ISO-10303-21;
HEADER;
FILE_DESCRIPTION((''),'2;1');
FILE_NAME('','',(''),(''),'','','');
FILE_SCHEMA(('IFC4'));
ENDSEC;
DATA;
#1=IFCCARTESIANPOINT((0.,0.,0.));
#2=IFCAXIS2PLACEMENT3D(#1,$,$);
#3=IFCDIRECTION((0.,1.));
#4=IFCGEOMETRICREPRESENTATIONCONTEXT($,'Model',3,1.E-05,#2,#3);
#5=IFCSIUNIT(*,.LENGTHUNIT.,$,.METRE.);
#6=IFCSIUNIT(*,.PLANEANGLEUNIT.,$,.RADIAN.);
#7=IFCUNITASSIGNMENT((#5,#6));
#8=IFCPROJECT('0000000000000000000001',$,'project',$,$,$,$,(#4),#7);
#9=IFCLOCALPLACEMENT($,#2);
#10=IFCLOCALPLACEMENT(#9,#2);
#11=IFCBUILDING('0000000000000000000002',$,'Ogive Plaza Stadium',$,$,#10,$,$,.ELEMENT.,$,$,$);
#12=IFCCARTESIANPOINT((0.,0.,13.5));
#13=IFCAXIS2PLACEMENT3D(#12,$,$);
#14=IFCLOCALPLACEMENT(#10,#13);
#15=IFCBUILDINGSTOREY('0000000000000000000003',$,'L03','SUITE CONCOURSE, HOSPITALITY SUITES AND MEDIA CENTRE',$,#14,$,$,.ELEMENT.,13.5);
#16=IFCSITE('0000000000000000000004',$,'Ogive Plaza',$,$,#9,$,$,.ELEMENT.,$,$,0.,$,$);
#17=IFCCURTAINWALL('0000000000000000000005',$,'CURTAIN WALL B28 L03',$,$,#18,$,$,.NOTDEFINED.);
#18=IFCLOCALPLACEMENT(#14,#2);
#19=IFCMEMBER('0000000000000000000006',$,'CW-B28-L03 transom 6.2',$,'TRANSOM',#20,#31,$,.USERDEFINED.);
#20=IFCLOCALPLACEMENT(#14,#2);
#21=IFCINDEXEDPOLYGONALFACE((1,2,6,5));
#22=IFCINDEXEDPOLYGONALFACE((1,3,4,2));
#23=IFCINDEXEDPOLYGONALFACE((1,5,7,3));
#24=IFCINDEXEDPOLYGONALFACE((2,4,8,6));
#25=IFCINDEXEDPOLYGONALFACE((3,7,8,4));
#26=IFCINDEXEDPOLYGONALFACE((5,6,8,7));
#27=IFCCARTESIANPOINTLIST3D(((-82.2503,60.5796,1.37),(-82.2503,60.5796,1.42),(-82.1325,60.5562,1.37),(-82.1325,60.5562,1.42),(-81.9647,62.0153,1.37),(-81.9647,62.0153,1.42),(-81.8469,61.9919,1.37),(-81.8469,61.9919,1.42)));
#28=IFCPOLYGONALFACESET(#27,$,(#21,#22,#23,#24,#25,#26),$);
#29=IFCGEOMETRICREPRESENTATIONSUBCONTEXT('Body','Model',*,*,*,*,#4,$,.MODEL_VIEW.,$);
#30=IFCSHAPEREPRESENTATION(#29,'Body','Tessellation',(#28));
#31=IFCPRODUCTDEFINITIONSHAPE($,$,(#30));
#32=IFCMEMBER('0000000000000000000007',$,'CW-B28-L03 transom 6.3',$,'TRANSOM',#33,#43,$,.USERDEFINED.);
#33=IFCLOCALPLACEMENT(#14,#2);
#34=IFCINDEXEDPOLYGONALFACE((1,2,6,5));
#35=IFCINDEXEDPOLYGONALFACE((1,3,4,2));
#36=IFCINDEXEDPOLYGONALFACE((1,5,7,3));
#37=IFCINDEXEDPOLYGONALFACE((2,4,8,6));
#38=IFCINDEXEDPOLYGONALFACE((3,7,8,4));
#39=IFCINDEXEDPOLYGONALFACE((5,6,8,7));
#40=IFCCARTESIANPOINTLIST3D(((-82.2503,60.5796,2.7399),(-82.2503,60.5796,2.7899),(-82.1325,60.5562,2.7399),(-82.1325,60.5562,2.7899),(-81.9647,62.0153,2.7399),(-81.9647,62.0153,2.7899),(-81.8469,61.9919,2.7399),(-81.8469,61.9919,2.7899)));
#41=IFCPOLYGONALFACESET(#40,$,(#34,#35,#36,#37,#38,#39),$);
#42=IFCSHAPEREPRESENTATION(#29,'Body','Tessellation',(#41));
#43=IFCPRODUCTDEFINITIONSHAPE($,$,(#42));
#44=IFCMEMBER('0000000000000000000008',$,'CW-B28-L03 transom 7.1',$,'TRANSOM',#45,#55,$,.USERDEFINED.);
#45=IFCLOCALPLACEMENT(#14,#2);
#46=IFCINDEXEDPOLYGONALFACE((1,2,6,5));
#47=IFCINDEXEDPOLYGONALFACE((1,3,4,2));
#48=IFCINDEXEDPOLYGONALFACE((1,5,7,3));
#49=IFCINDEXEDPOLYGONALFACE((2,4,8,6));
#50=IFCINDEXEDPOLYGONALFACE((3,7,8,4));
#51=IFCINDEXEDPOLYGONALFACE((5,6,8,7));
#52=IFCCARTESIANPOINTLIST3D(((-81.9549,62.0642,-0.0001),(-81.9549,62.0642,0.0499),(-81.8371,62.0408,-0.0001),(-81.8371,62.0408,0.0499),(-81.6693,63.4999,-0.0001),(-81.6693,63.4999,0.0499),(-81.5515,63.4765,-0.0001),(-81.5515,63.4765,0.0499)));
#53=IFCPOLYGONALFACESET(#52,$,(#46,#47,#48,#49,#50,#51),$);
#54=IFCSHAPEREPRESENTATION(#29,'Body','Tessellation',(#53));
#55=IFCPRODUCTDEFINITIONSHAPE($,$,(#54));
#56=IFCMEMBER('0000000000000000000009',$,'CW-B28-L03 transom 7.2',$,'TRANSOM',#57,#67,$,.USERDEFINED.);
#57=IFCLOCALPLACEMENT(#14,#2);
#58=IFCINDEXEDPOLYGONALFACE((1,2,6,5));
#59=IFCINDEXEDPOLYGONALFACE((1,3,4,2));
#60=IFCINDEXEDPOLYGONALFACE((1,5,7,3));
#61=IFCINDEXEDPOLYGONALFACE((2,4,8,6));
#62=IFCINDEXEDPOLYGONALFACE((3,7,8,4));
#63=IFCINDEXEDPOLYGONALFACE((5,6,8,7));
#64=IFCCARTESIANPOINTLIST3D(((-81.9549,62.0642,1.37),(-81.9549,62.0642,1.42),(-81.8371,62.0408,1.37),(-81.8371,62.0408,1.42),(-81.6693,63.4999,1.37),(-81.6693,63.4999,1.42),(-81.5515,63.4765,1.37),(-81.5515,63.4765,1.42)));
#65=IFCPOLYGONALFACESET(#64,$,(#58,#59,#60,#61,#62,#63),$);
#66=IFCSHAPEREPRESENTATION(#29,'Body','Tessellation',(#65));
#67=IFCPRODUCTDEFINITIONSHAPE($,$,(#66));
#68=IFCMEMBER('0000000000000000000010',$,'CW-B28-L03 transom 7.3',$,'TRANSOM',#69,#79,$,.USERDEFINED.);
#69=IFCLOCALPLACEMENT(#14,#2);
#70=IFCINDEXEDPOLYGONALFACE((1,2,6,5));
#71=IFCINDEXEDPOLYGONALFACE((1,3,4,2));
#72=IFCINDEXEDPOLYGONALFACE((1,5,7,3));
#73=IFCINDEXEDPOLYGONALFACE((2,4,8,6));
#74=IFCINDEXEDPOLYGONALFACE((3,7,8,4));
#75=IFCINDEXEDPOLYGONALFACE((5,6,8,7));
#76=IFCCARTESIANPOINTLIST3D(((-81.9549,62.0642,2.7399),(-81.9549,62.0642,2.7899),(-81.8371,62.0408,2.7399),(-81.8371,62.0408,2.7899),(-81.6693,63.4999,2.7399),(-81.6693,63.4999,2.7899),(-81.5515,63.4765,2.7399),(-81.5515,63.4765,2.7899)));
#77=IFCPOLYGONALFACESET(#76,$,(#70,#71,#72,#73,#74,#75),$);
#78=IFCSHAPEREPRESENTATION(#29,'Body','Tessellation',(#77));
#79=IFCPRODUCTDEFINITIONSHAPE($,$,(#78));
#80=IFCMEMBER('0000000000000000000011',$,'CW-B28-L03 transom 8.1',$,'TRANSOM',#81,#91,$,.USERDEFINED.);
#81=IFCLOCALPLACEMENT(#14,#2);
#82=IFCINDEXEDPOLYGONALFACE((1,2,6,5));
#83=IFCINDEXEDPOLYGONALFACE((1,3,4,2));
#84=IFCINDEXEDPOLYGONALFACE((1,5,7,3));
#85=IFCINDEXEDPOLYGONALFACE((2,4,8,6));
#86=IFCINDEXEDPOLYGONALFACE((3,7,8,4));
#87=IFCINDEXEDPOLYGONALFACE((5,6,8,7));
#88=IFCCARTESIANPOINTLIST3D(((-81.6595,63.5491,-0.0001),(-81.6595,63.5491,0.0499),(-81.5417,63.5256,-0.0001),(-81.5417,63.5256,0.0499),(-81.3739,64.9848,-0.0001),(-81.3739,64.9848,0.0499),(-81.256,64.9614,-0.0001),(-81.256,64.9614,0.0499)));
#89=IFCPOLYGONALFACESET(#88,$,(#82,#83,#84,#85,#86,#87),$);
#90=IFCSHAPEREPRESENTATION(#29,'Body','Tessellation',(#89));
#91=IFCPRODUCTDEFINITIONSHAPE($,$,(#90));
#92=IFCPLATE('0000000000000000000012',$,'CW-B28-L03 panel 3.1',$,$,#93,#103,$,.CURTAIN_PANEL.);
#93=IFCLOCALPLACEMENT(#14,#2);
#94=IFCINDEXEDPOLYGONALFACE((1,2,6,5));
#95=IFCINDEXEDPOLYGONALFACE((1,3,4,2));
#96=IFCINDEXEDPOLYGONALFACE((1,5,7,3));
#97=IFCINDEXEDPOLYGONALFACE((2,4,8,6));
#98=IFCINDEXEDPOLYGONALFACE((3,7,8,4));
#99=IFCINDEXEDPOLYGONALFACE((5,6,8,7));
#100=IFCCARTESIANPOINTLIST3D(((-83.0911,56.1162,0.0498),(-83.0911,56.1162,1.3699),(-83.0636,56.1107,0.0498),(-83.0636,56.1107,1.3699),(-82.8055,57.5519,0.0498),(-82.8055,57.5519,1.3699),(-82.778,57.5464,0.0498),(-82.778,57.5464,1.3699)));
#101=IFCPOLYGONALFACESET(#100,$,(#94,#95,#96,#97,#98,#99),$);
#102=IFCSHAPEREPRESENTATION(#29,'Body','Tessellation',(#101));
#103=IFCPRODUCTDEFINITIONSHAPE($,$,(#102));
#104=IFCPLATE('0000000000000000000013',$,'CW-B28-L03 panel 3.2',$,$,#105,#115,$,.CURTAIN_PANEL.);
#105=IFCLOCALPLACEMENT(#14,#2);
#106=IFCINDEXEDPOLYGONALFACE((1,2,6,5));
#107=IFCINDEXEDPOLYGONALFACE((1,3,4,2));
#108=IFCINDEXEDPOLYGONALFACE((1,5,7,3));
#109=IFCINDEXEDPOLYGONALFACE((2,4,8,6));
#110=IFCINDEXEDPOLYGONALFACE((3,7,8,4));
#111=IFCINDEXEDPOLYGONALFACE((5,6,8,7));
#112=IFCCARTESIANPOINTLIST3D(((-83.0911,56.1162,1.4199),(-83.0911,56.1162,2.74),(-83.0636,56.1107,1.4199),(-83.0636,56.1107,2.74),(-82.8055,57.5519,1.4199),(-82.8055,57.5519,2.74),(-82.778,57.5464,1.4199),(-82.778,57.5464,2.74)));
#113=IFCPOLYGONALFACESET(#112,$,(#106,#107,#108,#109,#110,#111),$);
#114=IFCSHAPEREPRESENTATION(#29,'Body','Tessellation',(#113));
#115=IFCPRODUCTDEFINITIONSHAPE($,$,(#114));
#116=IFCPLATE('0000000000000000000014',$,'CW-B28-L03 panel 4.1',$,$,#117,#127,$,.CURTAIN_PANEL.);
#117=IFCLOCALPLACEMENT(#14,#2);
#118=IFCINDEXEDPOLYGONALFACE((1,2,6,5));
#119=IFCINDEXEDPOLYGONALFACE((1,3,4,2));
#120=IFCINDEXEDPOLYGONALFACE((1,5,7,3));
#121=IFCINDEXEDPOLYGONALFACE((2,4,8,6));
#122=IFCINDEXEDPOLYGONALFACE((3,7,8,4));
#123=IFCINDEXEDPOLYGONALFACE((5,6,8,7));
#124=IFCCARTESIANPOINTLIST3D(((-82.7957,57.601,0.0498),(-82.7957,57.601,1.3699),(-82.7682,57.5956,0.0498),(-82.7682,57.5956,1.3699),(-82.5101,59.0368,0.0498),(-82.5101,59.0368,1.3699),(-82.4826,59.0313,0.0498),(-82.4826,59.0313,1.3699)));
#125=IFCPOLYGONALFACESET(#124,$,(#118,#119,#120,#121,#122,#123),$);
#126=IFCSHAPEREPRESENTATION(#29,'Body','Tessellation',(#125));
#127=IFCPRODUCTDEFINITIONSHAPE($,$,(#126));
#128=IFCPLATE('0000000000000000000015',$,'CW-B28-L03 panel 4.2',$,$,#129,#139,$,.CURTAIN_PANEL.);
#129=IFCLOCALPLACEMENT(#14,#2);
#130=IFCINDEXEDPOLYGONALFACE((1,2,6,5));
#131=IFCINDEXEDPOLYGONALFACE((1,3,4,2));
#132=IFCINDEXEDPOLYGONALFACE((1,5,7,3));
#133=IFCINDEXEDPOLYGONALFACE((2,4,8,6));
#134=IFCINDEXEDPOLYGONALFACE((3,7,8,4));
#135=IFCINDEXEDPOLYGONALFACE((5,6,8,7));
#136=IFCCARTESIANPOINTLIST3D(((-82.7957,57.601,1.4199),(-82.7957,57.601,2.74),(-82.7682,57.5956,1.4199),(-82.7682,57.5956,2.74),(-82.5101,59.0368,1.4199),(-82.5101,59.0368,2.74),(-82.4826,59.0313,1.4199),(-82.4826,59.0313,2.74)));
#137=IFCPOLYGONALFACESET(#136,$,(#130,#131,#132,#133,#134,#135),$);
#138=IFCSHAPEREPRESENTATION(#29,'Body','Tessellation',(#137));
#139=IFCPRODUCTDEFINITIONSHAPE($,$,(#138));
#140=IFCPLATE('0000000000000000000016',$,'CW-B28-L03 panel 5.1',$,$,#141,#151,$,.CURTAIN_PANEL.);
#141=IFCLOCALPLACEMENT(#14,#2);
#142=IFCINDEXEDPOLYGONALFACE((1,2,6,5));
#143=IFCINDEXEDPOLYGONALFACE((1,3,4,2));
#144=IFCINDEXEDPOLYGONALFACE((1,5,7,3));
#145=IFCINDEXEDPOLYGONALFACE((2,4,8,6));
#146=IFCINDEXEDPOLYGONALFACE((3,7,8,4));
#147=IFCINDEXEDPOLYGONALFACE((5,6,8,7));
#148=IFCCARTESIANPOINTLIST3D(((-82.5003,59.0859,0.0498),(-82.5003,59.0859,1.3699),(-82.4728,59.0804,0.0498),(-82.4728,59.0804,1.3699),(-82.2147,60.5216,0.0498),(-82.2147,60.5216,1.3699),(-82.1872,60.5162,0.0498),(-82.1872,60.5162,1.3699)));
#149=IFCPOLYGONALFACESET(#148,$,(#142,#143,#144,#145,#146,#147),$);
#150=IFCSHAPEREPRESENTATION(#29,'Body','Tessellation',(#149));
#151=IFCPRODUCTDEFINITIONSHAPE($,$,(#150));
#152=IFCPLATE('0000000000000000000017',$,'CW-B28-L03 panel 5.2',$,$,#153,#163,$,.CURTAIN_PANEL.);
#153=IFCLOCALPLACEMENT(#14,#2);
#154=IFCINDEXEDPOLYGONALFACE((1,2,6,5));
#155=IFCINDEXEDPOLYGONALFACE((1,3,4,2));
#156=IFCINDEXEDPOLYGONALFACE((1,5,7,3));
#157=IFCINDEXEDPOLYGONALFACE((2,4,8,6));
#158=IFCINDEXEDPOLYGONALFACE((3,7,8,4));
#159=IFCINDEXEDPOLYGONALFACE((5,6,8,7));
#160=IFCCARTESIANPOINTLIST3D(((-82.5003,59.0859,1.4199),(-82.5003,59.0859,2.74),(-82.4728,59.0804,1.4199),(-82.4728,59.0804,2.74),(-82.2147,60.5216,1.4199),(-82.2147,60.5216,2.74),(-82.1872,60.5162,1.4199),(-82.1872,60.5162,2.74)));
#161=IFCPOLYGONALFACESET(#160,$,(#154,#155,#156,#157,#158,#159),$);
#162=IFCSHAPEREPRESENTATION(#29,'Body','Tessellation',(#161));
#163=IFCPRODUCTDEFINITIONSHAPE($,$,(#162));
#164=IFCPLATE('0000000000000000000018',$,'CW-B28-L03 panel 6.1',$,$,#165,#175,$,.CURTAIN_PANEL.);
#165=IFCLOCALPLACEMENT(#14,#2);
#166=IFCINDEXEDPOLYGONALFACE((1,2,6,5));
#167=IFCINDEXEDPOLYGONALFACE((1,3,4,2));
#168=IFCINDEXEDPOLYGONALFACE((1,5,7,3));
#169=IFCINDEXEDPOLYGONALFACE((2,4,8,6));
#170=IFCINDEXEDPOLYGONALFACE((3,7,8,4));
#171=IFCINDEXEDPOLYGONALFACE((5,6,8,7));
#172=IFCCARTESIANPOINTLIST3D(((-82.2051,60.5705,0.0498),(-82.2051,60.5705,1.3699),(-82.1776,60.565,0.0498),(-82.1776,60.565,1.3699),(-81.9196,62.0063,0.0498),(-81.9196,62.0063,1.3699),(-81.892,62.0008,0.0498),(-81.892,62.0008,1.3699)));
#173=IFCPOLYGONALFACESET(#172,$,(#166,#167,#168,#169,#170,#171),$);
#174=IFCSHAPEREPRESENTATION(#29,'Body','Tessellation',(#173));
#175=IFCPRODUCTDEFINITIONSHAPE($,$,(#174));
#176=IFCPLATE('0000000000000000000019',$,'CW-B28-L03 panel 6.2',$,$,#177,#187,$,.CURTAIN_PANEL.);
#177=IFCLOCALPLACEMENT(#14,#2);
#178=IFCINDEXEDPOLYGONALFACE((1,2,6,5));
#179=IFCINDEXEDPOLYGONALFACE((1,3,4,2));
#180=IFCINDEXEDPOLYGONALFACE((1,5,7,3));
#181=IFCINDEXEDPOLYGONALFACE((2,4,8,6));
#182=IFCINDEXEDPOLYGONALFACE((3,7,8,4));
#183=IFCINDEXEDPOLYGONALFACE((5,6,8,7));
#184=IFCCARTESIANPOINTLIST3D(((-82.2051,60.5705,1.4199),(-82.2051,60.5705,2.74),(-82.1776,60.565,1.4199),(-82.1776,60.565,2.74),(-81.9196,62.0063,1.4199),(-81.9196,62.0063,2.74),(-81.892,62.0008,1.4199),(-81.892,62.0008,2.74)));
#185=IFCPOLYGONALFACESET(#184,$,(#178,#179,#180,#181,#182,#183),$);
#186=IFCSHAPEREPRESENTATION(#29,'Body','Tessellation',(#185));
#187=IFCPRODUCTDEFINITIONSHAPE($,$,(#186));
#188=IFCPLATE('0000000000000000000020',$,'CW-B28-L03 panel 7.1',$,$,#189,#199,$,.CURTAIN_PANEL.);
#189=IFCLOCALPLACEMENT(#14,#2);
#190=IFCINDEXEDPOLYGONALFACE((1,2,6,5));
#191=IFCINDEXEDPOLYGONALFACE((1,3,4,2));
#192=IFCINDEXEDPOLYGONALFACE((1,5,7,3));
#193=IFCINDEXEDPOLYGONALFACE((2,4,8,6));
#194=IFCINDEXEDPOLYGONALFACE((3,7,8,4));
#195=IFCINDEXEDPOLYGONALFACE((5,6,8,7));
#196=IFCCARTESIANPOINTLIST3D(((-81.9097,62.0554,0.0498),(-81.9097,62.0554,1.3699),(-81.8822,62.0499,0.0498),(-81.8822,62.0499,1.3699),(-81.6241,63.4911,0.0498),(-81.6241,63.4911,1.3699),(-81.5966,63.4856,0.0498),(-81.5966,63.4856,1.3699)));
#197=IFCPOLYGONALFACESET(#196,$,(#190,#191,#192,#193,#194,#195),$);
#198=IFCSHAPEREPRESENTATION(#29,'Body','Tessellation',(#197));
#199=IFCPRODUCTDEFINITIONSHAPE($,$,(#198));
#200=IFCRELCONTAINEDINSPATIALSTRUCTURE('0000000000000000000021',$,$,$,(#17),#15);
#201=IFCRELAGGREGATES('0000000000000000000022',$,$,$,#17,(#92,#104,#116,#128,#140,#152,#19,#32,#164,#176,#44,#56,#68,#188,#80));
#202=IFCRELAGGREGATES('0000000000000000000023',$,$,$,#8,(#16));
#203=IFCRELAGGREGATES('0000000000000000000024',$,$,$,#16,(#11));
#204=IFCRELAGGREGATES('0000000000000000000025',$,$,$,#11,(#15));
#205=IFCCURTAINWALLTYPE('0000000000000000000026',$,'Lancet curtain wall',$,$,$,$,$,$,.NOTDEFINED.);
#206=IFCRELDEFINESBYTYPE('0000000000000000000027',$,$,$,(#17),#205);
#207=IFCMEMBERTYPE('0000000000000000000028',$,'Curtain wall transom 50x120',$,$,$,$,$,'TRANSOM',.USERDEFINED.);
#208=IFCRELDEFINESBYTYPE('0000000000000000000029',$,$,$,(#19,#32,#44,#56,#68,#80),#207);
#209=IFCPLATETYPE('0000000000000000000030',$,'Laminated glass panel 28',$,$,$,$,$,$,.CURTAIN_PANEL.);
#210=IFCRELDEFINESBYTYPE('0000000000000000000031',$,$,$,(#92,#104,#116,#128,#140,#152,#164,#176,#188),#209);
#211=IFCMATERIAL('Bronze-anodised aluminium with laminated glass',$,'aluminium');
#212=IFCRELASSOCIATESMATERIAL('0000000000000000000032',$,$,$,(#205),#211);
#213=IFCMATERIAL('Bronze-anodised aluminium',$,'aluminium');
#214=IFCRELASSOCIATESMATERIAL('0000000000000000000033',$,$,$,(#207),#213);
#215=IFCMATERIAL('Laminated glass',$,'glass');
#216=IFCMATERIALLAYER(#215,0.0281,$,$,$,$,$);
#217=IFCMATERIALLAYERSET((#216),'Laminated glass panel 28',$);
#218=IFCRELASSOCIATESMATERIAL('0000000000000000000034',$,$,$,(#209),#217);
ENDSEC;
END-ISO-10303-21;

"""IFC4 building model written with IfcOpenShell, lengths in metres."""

from ifc_helpers import new_model, si_unit, direction, frame, origin, origin_2d, place, context, subcontext, project, spatial, rectangle, extrude, material, layer, layer_set, material_profile, profile_set, type_object, element, aggregate, save


model = new_model("IFC4")

# Units and contexts
model_context = context("Model", 3, precision=1e-05, world=origin(), true_north=direction((0.0, 1.0)))
body_context = subcontext(model_context, "Body", "Model", "MODEL_VIEW")
ifc_project = project(units=[si_unit("LENGTHUNIT", "METRE"), si_unit("PLANEANGLEUNIT", "RADIAN")], contexts=[model_context])

# Site, building, storey
site_placement = place(None, origin())
site = spatial("IfcSite", under=ifc_project, at=site_placement, Name="Ogive Plaza", CompositionType="ELEMENT", RefElevation=0.0)
building_placement = place(site_placement, origin())
building = spatial("IfcBuilding", under=site, at=building_placement, Name="Ogive Plaza Stadium", CompositionType="ELEMENT")
storey_placement = place(building_placement, frame((0.0, 0.0, 13.5)))
storey = spatial("IfcBuildingStorey", under=building, at=storey_placement, Name="L03", Description="SUITE CONCOURSE, HOSPITALITY SUITES AND MEDIA CENTRE", CompositionType="ELEMENT", Elevation=13.5)

# Curtain wall, members, plates
ifc_material_1 = material(Name="Bronze-anodised aluminium with laminated glass", Category="aluminium")
curtain_wall_type = type_object("IfcCurtainWallType", Name="Lancet curtain wall", PredefinedType="NOTDEFINED", material=ifc_material_1)
curtain_wall_placement = place(storey_placement, origin())
curtain_wall = element("IfcCurtainWall", 1, at=curtain_wall_placement, inside=storey, type_object=curtain_wall_type, Name="CURTAIN WALL B28 L03", PredefinedType="NOTDEFINED")
ifc_material_2 = material(Name="Bronze-anodised aluminium", Category="aluminium")
ifc_material_profile_1 = material_profile(ifc_material_2, rectangle(XDim=0.1201, YDim=0.05, at=origin_2d()), Name="AL 120x50")
ifc_profile_set_1 = profile_set([ifc_material_profile_1], Name="Bronze-anodised aluminium")
member_type_1 = type_object("IfcMemberType", Name="Curtain wall transom 50x120", ElementType="TRANSOM", PredefinedType="USERDEFINED", material=ifc_profile_set_1)
member_1_placement = place(storey_placement, frame((-82.1914, 60.5679, 1.395), z_axis=(0.195122, 0.980779, 0.0), x_axis=(-0.980779, 0.195122, 0.0)))
member_1 = element("IfcMember", 2, at=member_1_placement, type_object=member_type_1, Name="CW-B28-L03 transom 6.2", ObjectType="TRANSOM", PredefinedType="USERDEFINED", context=body_context, shape_type="SweptSolid", body=[
    extrude(rectangle(XDim=0.1201, YDim=0.05, at=origin_2d()), origin(), (0.0, 0.0, 1.0), 1.4639),
])
member_2_placement = place(storey_placement, frame((-82.1914, 60.5679, 2.7649), z_axis=(0.195122, 0.980779, 0.0), x_axis=(-0.980779, 0.195122, 0.0)))
member_2 = element("IfcMember", 3, at=member_2_placement, type_object=member_type_1, Name="CW-B28-L03 transom 6.3", ObjectType="TRANSOM", PredefinedType="USERDEFINED", context=body_context, shape_type="SweptSolid", body=[
    extrude(rectangle(XDim=0.1201, YDim=0.05, at=origin_2d()), origin(), (0.0, 0.0, 1.0), 1.4639),
])
member_3_placement = place(storey_placement, frame((-81.896, 62.0525, 0.0249), z_axis=(0.195122, 0.980779, 0.0), x_axis=(-0.980779, 0.195122, 0.0)))
member_3 = element("IfcMember", 4, at=member_3_placement, type_object=member_type_1, Name="CW-B28-L03 transom 7.1", ObjectType="TRANSOM", PredefinedType="USERDEFINED", context=body_context, shape_type="SweptSolid", body=[
    extrude(rectangle(XDim=0.1201, YDim=0.05, at=origin_2d()), origin(), (0.0, 0.0, 1.0), 1.4639),
])
member_4_placement = place(storey_placement, frame((-81.896, 62.0525, 1.395), z_axis=(0.195122, 0.980779, 0.0), x_axis=(-0.980779, 0.195122, 0.0)))
member_4 = element("IfcMember", 5, at=member_4_placement, type_object=member_type_1, Name="CW-B28-L03 transom 7.2", ObjectType="TRANSOM", PredefinedType="USERDEFINED", context=body_context, shape_type="SweptSolid", body=[
    extrude(rectangle(XDim=0.1201, YDim=0.05, at=origin_2d()), origin(), (0.0, 0.0, 1.0), 1.4639),
])
member_5_placement = place(storey_placement, frame((-81.896, 62.0525, 2.7649), z_axis=(0.195122, 0.980779, 0.0), x_axis=(-0.980779, 0.195122, 0.0)))
member_5 = element("IfcMember", 6, at=member_5_placement, type_object=member_type_1, Name="CW-B28-L03 transom 7.3", ObjectType="TRANSOM", PredefinedType="USERDEFINED", context=body_context, shape_type="SweptSolid", body=[
    extrude(rectangle(XDim=0.1201, YDim=0.05, at=origin_2d()), origin(), (0.0, 0.0, 1.0), 1.4639),
])
member_6_placement = place(storey_placement, frame((-81.6006, 63.5374, 0.0249), z_axis=(0.195122, 0.980779, 0.0), x_axis=(-0.980779, 0.195122, 0.0)))
member_6 = element("IfcMember", 7, at=member_6_placement, type_object=member_type_1, Name="CW-B28-L03 transom 8.1", ObjectType="TRANSOM", PredefinedType="USERDEFINED", context=body_context, shape_type="SweptSolid", body=[
    extrude(rectangle(XDim=0.1201, YDim=0.05, at=origin_2d()), origin(), (0.0, 0.0, 1.0), 1.4639),
])
ifc_material_3 = material(Name="Laminated glass", Category="glass")
ifc_layer_1 = layer(ifc_material_3, 0.0281)
ifc_layer_set_1 = layer_set([ifc_layer_1], Name="Laminated glass panel 28")
plate_type = type_object("IfcPlateType", Name="Laminated glass panel 28", PredefinedType="CURTAIN_PANEL", material=ifc_layer_set_1)
plate_1_placement = place(storey_placement, frame((-82.9346, 56.8313, 0.0498), z_axis=(0.0, 0.0, 1.0), x_axis=(0.19509, 0.980785, 0.0)))
plate_1 = element("IfcPlate", 8, at=plate_1_placement, type_object=plate_type, Name="CW-B28-L03 panel 3.1", PredefinedType="CURTAIN_PANEL", context=body_context, shape_type="SweptSolid", body=[
    extrude(rectangle(XDim=1.4639, YDim=0.0281, at=origin_2d()), origin(), (0.0, 0.0, 1.0), 1.3201),
])
plate_2_placement = place(storey_placement, frame((-82.9346, 56.8313, 1.4199), z_axis=(0.0, 0.0, 1.0), x_axis=(0.19509, 0.980785, 0.0)))
plate_2 = element("IfcPlate", 9, at=plate_2_placement, type_object=plate_type, Name="CW-B28-L03 panel 3.2", PredefinedType="CURTAIN_PANEL", context=body_context, shape_type="SweptSolid", body=[
    extrude(rectangle(XDim=1.4639, YDim=0.0281, at=origin_2d()), origin(), (0.0, 0.0, 1.0), 1.3201),
])
plate_3_placement = place(storey_placement, frame((-82.6392, 58.3162, 0.0498), z_axis=(0.0, 0.0, 1.0), x_axis=(0.19509, 0.980785, 0.0)))
plate_3 = element("IfcPlate", 10, at=plate_3_placement, type_object=plate_type, Name="CW-B28-L03 panel 4.1", PredefinedType="CURTAIN_PANEL", context=body_context, shape_type="SweptSolid", body=[
    extrude(rectangle(XDim=1.4639, YDim=0.0281, at=origin_2d()), origin(), (0.0, 0.0, 1.0), 1.3201),
])
plate_4_placement = place(storey_placement, frame((-82.6392, 58.3162, 1.4199), z_axis=(0.0, 0.0, 1.0), x_axis=(0.19509, 0.980785, 0.0)))
plate_4 = element("IfcPlate", 11, at=plate_4_placement, type_object=plate_type, Name="CW-B28-L03 panel 4.2", PredefinedType="CURTAIN_PANEL", context=body_context, shape_type="SweptSolid", body=[
    extrude(rectangle(XDim=1.4639, YDim=0.0281, at=origin_2d()), origin(), (0.0, 0.0, 1.0), 1.3201),
])
plate_5_placement = place(storey_placement, frame((-82.3438, 59.801, 0.0498), z_axis=(0.0, 0.0, 1.0), x_axis=(0.19509, 0.980785, 0.0)))
plate_5 = element("IfcPlate", 12, at=plate_5_placement, type_object=plate_type, Name="CW-B28-L03 panel 5.1", PredefinedType="CURTAIN_PANEL", context=body_context, shape_type="SweptSolid", body=[
    extrude(rectangle(XDim=1.4639, YDim=0.0281, at=origin_2d()), origin(), (0.0, 0.0, 1.0), 1.3201),
])
plate_6_placement = place(storey_placement, frame((-82.3438, 59.801, 1.4199), z_axis=(0.0, 0.0, 1.0), x_axis=(0.19509, 0.980785, 0.0)))
plate_6 = element("IfcPlate", 13, at=plate_6_placement, type_object=plate_type, Name="CW-B28-L03 panel 5.2", PredefinedType="CURTAIN_PANEL", context=body_context, shape_type="SweptSolid", body=[
    extrude(rectangle(XDim=1.4639, YDim=0.0281, at=origin_2d()), origin(), (0.0, 0.0, 1.0), 1.3201),
])
plate_7_placement = place(storey_placement, frame((-82.0486, 61.2856, 0.0498), z_axis=(0.0, 0.0, 1.0), x_axis=(0.19509, 0.980785, 0.0)))
plate_7 = element("IfcPlate", 14, at=plate_7_placement, type_object=plate_type, Name="CW-B28-L03 panel 6.1", PredefinedType="CURTAIN_PANEL", context=body_context, shape_type="SweptSolid", body=[
    extrude(rectangle(XDim=1.4639, YDim=0.0281, at=origin_2d()), origin(), (0.0, 0.0, 1.0), 1.3201),
])
plate_8_placement = place(storey_placement, frame((-82.0486, 61.2856, 1.4199), z_axis=(0.0, 0.0, 1.0), x_axis=(0.19509, 0.980785, 0.0)))
plate_8 = element("IfcPlate", 15, at=plate_8_placement, type_object=plate_type, Name="CW-B28-L03 panel 6.2", PredefinedType="CURTAIN_PANEL", context=body_context, shape_type="SweptSolid", body=[
    extrude(rectangle(XDim=1.4639, YDim=0.0281, at=origin_2d()), origin(), (0.0, 0.0, 1.0), 1.3201),
])
plate_9_placement = place(storey_placement, frame((-81.7532, 62.7705, 0.0498), z_axis=(0.0, 0.0, 1.0), x_axis=(0.19509, 0.980785, 0.0)))
plate_9 = element("IfcPlate", 16, at=plate_9_placement, type_object=plate_type, Name="CW-B28-L03 panel 7.1", PredefinedType="CURTAIN_PANEL", context=body_context, shape_type="SweptSolid", body=[
    extrude(rectangle(XDim=1.4639, YDim=0.0281, at=origin_2d()), origin(), (0.0, 0.0, 1.0), 1.3201),
])
aggregate(curtain_wall, [plate_1, plate_2, plate_3, plate_4, plate_5, plate_6, member_1, member_2, plate_7, plate_8, member_3, member_4, member_5, plate_9, member_6])

save(model, "model.ifc")
